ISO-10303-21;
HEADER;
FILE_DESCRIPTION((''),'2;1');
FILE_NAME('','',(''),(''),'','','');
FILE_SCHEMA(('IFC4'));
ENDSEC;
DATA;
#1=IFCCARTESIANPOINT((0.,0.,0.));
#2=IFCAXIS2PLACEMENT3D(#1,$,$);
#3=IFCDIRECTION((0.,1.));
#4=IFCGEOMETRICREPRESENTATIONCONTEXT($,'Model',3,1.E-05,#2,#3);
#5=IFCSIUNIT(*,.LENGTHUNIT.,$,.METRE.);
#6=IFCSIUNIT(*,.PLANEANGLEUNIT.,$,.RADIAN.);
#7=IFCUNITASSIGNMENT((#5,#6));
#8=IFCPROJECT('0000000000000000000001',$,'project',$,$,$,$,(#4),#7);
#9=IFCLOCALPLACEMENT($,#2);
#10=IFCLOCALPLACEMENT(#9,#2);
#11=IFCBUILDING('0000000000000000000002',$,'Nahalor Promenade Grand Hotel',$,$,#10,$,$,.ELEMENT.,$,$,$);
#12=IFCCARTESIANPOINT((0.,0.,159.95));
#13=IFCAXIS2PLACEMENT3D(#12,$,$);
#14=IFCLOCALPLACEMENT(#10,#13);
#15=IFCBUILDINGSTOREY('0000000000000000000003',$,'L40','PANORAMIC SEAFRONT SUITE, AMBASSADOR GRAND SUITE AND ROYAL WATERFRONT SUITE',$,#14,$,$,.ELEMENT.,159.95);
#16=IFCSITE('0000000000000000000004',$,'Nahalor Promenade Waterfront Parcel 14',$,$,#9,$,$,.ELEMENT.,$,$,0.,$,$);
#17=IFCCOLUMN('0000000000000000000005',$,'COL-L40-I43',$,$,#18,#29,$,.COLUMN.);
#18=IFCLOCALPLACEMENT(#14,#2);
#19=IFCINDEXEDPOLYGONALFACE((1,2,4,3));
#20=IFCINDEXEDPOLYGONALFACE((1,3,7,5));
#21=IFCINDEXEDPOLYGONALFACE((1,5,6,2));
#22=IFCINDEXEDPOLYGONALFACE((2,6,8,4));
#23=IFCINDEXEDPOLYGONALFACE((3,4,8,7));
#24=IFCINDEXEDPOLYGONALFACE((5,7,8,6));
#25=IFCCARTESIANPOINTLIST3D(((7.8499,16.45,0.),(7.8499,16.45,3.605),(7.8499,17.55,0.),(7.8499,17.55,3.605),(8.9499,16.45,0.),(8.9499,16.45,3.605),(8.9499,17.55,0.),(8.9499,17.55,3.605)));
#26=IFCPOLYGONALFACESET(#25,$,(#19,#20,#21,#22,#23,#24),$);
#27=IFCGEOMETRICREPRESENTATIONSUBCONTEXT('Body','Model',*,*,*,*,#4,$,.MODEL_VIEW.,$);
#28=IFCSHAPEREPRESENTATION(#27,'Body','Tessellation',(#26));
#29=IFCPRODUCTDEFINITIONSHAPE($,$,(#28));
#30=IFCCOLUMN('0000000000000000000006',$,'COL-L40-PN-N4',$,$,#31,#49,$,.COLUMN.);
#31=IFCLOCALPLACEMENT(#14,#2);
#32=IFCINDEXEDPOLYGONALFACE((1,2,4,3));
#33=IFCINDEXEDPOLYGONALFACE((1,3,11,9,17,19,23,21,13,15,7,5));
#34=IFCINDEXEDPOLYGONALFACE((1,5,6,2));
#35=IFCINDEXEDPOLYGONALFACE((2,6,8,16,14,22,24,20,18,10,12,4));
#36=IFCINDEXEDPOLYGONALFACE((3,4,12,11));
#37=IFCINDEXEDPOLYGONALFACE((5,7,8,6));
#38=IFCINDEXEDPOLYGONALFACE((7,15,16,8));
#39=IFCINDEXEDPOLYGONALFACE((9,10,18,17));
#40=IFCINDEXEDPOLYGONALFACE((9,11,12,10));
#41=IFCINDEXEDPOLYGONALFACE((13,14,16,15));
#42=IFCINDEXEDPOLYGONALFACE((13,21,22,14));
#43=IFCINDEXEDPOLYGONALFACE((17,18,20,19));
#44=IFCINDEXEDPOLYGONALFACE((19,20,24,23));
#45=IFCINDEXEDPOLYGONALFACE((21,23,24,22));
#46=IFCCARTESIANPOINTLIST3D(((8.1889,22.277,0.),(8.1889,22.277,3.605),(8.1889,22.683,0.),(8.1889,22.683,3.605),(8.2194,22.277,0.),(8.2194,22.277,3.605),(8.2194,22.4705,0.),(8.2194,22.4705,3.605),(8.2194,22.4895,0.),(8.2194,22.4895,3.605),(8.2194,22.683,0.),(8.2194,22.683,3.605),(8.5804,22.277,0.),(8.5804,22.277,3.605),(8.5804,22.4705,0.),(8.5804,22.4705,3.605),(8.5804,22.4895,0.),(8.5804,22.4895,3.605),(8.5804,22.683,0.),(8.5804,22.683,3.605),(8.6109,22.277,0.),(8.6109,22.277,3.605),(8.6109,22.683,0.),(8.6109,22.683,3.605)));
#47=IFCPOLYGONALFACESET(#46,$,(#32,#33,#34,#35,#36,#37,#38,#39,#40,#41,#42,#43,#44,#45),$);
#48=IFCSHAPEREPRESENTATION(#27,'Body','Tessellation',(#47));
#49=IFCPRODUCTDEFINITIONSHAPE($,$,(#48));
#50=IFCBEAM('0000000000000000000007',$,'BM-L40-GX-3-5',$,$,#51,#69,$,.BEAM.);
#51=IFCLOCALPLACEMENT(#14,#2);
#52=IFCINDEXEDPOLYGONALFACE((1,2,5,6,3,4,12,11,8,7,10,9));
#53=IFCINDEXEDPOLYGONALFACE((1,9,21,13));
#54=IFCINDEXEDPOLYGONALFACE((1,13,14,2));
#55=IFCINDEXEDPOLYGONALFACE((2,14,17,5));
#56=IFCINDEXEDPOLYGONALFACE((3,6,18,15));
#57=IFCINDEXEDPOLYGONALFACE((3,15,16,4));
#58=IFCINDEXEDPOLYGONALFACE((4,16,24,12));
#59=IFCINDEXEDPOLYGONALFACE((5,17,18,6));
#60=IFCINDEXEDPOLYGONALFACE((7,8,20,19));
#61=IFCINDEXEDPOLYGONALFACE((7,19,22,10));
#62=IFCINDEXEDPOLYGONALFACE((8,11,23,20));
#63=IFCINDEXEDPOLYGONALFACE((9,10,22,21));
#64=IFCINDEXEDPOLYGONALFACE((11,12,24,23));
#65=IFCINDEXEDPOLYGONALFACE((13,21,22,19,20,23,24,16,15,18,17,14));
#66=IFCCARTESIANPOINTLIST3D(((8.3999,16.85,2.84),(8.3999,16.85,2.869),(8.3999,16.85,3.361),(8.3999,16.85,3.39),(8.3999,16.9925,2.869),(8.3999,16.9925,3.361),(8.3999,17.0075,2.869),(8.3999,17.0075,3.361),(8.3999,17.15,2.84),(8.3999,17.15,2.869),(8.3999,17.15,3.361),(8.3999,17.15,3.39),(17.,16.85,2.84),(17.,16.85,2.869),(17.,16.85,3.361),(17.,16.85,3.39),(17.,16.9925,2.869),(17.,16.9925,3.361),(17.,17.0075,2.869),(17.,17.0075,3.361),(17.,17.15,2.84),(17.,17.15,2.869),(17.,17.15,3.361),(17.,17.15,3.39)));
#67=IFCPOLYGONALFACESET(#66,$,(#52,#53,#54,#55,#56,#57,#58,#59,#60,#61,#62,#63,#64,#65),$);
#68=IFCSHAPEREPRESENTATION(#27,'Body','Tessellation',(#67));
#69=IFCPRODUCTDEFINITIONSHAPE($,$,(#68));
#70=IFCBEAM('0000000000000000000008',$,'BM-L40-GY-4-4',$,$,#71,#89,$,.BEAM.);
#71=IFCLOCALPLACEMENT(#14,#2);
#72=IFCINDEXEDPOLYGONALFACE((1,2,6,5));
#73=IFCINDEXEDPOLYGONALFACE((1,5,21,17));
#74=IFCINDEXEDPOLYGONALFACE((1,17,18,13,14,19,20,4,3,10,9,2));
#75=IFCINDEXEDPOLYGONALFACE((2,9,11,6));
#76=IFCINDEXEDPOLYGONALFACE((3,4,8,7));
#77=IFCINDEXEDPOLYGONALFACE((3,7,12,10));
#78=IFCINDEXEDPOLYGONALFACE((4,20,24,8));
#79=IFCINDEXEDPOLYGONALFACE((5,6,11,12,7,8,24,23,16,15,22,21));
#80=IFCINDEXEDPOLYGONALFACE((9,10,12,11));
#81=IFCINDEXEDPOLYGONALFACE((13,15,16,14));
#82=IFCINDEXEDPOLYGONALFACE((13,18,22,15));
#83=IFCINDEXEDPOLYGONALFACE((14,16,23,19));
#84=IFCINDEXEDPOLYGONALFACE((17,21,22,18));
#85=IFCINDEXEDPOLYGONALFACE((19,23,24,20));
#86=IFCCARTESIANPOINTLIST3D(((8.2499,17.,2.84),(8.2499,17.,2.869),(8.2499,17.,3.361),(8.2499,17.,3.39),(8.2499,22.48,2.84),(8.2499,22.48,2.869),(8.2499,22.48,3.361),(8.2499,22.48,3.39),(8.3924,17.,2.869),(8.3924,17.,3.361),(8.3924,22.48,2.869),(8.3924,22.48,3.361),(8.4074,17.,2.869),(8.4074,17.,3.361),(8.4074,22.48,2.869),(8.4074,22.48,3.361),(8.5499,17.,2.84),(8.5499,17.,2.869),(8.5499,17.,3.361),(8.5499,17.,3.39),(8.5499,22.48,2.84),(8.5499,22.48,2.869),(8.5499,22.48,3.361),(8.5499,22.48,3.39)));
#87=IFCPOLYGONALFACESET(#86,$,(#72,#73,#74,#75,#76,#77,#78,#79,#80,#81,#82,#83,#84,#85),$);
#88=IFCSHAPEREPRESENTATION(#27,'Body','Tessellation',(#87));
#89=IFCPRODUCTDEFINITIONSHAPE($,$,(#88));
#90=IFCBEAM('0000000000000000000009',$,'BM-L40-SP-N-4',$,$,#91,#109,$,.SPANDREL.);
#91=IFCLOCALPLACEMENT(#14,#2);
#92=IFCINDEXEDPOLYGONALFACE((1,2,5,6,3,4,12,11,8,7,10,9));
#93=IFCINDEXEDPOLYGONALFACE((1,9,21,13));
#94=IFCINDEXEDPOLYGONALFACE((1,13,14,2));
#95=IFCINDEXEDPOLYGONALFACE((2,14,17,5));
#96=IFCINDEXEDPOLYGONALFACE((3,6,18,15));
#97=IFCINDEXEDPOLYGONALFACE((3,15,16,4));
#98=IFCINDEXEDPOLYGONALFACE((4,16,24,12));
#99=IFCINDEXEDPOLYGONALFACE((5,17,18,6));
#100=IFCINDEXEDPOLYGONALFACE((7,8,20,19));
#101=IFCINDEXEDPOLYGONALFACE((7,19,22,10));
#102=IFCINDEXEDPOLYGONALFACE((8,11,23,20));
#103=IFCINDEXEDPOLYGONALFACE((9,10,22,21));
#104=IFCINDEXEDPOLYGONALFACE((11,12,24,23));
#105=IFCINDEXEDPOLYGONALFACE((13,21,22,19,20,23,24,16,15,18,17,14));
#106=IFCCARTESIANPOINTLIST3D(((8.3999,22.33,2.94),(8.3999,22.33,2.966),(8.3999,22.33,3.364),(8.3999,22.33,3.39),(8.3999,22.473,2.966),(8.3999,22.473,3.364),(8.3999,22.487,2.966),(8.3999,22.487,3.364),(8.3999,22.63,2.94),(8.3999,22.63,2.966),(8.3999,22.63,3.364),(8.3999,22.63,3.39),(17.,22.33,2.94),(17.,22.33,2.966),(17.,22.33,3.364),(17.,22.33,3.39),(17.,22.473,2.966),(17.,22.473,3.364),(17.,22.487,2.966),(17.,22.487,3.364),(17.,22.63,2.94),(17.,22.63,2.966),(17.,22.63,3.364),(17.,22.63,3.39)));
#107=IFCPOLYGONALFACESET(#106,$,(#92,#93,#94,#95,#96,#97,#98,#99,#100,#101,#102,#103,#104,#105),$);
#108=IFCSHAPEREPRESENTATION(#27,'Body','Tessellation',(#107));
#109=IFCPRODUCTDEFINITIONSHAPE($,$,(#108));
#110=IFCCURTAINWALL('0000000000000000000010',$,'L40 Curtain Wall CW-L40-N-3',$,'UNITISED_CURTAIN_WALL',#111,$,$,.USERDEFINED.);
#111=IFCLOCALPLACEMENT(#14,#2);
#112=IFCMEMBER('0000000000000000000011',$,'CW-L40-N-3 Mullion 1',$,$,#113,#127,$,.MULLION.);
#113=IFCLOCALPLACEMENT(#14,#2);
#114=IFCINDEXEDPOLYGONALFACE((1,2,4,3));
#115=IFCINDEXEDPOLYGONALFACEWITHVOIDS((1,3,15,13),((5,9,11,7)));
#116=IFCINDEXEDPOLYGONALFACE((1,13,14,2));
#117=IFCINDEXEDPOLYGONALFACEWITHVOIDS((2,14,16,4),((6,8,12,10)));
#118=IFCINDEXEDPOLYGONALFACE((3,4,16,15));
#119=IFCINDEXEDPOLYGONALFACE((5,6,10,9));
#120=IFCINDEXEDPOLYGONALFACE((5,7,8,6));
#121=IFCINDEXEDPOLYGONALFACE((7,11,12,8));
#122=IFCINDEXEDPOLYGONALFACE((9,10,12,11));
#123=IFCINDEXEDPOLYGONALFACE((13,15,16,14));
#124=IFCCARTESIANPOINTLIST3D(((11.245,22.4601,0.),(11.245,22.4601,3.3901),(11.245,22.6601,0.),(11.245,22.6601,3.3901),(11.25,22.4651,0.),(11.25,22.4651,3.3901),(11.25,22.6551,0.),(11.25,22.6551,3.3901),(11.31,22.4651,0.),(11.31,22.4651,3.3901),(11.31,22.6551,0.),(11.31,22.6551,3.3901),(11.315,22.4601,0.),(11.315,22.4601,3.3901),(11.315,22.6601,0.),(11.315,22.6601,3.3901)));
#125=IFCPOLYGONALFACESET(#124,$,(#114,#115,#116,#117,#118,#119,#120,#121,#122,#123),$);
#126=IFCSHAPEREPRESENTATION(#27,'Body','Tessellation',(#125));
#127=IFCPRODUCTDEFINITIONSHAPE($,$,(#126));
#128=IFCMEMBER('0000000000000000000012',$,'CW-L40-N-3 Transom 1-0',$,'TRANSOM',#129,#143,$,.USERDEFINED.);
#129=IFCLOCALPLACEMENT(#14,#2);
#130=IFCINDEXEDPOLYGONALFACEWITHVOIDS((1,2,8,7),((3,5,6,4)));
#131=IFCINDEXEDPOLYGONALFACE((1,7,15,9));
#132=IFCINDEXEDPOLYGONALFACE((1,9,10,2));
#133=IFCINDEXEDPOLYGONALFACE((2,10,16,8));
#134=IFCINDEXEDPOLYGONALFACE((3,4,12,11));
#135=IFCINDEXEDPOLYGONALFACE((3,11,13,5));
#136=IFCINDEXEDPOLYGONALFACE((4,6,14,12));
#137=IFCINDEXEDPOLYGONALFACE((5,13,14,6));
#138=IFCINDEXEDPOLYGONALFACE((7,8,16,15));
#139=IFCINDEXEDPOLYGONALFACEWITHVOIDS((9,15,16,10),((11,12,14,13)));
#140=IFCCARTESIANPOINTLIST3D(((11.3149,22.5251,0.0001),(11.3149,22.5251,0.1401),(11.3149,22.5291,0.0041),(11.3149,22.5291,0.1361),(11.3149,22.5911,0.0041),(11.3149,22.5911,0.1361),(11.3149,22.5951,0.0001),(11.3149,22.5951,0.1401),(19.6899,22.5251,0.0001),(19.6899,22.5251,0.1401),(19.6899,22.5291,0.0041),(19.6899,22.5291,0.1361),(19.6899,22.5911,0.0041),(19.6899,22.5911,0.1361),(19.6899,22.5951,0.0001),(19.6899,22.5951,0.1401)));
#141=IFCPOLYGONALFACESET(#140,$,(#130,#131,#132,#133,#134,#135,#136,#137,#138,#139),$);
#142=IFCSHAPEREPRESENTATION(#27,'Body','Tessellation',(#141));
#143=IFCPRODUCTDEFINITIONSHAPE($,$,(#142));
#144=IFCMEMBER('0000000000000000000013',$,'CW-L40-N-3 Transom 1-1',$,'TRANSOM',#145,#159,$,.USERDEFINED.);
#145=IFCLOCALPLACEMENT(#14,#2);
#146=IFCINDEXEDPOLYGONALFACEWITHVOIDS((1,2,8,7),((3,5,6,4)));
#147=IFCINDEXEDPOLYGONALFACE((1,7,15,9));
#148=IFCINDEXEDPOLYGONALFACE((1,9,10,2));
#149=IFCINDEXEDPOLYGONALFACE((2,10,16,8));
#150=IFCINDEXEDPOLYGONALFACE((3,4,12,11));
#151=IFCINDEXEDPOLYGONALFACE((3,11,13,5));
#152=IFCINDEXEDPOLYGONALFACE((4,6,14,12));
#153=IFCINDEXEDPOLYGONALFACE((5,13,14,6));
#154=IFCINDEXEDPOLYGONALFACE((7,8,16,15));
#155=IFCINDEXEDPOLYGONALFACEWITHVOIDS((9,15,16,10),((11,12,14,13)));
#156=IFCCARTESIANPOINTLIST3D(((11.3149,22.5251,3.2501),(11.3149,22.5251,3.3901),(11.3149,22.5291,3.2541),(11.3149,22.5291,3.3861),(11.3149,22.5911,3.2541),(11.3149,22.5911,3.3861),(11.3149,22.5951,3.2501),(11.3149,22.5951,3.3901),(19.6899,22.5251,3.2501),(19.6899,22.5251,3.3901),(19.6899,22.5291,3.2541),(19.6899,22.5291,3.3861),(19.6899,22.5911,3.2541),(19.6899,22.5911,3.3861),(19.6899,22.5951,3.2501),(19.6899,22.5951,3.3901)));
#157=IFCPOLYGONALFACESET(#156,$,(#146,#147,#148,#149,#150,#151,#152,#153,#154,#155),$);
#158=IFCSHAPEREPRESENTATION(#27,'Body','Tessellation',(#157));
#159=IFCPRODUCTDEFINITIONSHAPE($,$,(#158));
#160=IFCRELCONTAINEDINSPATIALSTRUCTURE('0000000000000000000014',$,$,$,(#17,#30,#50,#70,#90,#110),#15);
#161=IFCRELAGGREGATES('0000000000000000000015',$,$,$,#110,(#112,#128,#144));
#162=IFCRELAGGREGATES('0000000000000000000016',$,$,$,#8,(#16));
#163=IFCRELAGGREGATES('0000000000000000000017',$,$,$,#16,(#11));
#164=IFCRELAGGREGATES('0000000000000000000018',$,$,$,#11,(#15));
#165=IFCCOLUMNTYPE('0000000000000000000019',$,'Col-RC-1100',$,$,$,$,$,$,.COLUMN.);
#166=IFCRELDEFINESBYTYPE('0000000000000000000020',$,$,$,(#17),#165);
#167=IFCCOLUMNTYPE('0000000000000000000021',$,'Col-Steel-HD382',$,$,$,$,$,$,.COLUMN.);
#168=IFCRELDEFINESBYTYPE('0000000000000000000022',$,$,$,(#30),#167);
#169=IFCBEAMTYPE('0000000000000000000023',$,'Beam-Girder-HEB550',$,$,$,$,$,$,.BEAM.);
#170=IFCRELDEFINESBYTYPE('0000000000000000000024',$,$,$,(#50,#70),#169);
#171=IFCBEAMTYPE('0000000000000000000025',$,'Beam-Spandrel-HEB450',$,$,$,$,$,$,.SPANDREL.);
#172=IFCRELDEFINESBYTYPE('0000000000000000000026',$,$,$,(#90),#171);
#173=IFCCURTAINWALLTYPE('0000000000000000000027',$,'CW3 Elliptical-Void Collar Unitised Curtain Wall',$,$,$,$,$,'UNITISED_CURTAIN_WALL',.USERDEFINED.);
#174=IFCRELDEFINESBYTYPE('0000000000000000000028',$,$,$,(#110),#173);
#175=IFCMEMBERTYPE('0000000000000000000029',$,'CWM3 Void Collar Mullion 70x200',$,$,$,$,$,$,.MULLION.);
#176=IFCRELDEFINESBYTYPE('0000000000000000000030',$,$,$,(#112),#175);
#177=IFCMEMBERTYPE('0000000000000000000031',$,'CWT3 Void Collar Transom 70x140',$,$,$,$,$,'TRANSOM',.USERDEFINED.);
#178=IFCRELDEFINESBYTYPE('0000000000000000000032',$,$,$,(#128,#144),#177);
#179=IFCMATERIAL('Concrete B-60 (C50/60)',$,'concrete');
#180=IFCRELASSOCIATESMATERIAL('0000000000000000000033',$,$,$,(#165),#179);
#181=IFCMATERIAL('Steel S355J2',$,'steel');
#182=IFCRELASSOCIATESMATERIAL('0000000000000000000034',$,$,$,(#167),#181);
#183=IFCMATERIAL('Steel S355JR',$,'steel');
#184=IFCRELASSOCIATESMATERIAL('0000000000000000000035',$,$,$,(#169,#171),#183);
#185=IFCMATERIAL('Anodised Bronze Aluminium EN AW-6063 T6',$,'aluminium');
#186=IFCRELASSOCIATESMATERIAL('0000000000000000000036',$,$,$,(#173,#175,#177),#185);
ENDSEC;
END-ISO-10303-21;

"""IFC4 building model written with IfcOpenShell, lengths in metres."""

from ifc_helpers import new_model, si_unit, direction, frame, origin, origin_2d, place, context, subcontext, project, spatial, rectangle, hollow_rectangle, i_section, extrude, source, transform, mapped, material, material_profile, profile_set, type_object, element, aggregate, save


model = new_model("IFC4")

# Units and contexts
model_context = context("Model", 3, precision=1e-05, world=origin(), true_north=direction((0.0, 1.0)))
body_context = subcontext(model_context, "Body", "Model", "MODEL_VIEW")
ifc_project = project(units=[si_unit("LENGTHUNIT", "METRE"), si_unit("PLANEANGLEUNIT", "RADIAN")], contexts=[model_context])

# Site, building, storey
site_placement = place(None, origin())
site = spatial("IfcSite", under=ifc_project, at=site_placement, Name="Nahalor Promenade Waterfront Parcel 14", CompositionType="ELEMENT", RefElevation=0.0)
building_placement = place(site_placement, origin())
building = spatial("IfcBuilding", under=site, at=building_placement, Name="Nahalor Promenade Grand Hotel", CompositionType="ELEMENT")
storey_placement = place(building_placement, frame((0.0, 0.0, 159.95)))
storey = spatial("IfcBuildingStorey", under=building, at=storey_placement, Name="L40", Description="PANORAMIC SEAFRONT SUITE, AMBASSADOR GRAND SUITE AND ROYAL WATERFRONT SUITE", CompositionType="ELEMENT", Elevation=159.95)

# Columns
ifc_material_1 = material(Name="Concrete B-60 (C50/60)", Category="concrete")
ifc_material_profile_1 = material_profile(ifc_material_1, rectangle(XDim=1.1, YDim=1.1, at=origin_2d()), Name="RC 1100x1100")
ifc_profile_set_1 = profile_set([ifc_material_profile_1], Name="Concrete B-60 (C50/60)")
column_type_1 = type_object("IfcColumnType", Name="Col-RC-1100", PredefinedType="COLUMN", material=ifc_profile_set_1)
shared_shape_1 = source(origin(), body_context, "Body", "SweptSolid", [
    extrude(rectangle(XDim=1.1, YDim=1.1, at=origin_2d()), origin(), (0.0, 0.0, 1.0), 3.605),
])
column_1_placement = place(storey_placement, frame((8.3999, 17.0, 0.0), z_axis=(0.0, 0.0, 1.0), x_axis=(1.0, 0.0, 0.0)))
element("IfcColumn", 1, at=column_1_placement, inside=storey, type_object=column_type_1, Name="COL-L40-I43", PredefinedType="COLUMN", context=body_context, shape_type="MappedRepresentation", body=[
    mapped(shared_shape_1, transform((0.0, 0.0, 0.0), scale=1.0)),
])
ifc_material_2 = material(Name="Steel S355J2", Category="steel")
ifc_material_profile_2 = material_profile(ifc_material_2, i_section(OverallWidth=0.406, OverallDepth=0.422, WebThickness=0.019, FlangeThickness=0.0305, at=origin_2d()), Name="HD 400x382")
ifc_profile_set_2 = profile_set([ifc_material_profile_2], Name="Steel S355J2")
column_type_2 = type_object("IfcColumnType", Name="Col-Steel-HD382", PredefinedType="COLUMN", material=ifc_profile_set_2)
shared_shape_2 = source(origin(), body_context, "Body", "SweptSolid", [
    extrude(i_section(OverallWidth=0.406, OverallDepth=0.422, WebThickness=0.019, FlangeThickness=0.0305, at=origin_2d()), origin(), (0.0, 0.0, 1.0), 3.605),
])
column_2_placement = place(storey_placement, frame((8.3999, 22.48, 0.0), z_axis=(0.0, 0.0, 1.0), x_axis=(0.0, 1.0, 0.0)))
element("IfcColumn", 2, at=column_2_placement, inside=storey, type_object=column_type_2, Name="COL-L40-PN-N4", PredefinedType="COLUMN", context=body_context, shape_type="MappedRepresentation", body=[
    mapped(shared_shape_2, transform((0.0, 0.0, 0.0), scale=1.0)),
])

# Beams
ifc_material_3 = material(Name="Steel S355JR", Category="steel")
ifc_material_profile_3 = material_profile(ifc_material_3, i_section(OverallWidth=0.3, OverallDepth=0.55, WebThickness=0.015, FlangeThickness=0.029, at=origin_2d()), Name="HEB 550")
ifc_profile_set_3 = profile_set([ifc_material_profile_3], Name="Steel S355JR")
beam_type_1 = type_object("IfcBeamType", Name="Beam-Girder-HEB550", PredefinedType="BEAM", material=ifc_profile_set_3)
shared_shape_3 = source(origin(), body_context, "Body", "SweptSolid", [
    extrude(i_section(OverallWidth=0.3, OverallDepth=0.55, WebThickness=0.015, FlangeThickness=0.029, at=origin_2d()), origin(), (0.0, 0.0, 1.0), 8.6001),
])
beam_1_placement = place(storey_placement, frame((8.3999, 17.0, 3.115), z_axis=(1.0, 0.0, 0.0), x_axis=(0.0, 1.0, 0.0)))
element("IfcBeam", 3, at=beam_1_placement, inside=storey, type_object=beam_type_1, Name="BM-L40-GX-3-5", PredefinedType="BEAM", context=body_context, shape_type="MappedRepresentation", body=[
    mapped(shared_shape_3, transform((0.0, 0.0, 0.0), scale=1.0)),
])
shared_shape_4 = source(origin(), body_context, "Body", "SweptSolid", [
    extrude(i_section(OverallWidth=0.3, OverallDepth=0.55, WebThickness=0.015, FlangeThickness=0.029, at=origin_2d()), origin(), (0.0, 0.0, 1.0), 5.48),
])
beam_2_placement = place(storey_placement, frame((8.3999, 17.0, 3.115), z_axis=(0.0, 1.0, 0.0), x_axis=(-1.0, 0.0, 0.0)))
element("IfcBeam", 4, at=beam_2_placement, inside=storey, type_object=beam_type_1, Name="BM-L40-GY-4-4", PredefinedType="BEAM", context=body_context, shape_type="MappedRepresentation", body=[
    mapped(shared_shape_4, transform((0.0, 0.0, 0.0), scale=1.0)),
])
ifc_material_profile_4 = material_profile(ifc_material_3, i_section(OverallWidth=0.3, OverallDepth=0.45, WebThickness=0.014, FlangeThickness=0.026, at=origin_2d()), Name="HEB 450")
ifc_profile_set_4 = profile_set([ifc_material_profile_4], Name="Steel S355JR")
beam_type_2 = type_object("IfcBeamType", Name="Beam-Spandrel-HEB450", PredefinedType="SPANDREL", material=ifc_profile_set_4)
shared_shape_5 = source(origin(), body_context, "Body", "SweptSolid", [
    extrude(i_section(OverallWidth=0.3, OverallDepth=0.45, WebThickness=0.014, FlangeThickness=0.026, at=origin_2d()), origin(), (0.0, 0.0, 1.0), 8.6001),
])
beam_3_placement = place(storey_placement, frame((8.3999, 22.48, 3.165), z_axis=(1.0, 0.0, 0.0), x_axis=(0.0, 1.0, 0.0)))
element("IfcBeam", 5, at=beam_3_placement, inside=storey, type_object=beam_type_2, Name="BM-L40-SP-N-4", PredefinedType="SPANDREL", context=body_context, shape_type="MappedRepresentation", body=[
    mapped(shared_shape_5, transform((0.0, 0.0, 0.0), scale=1.0)),
])

# Curtain wall, members
ifc_material_4 = material(Name="Anodised Bronze Aluminium EN AW-6063 T6", Category="aluminium")
curtain_wall_type = type_object("IfcCurtainWallType", Name="CW3 Elliptical-Void Collar Unitised Curtain Wall", ElementType="UNITISED_CURTAIN_WALL", PredefinedType="USERDEFINED", material=ifc_material_4)
curtain_wall_placement = place(storey_placement, origin())
curtain_wall = element("IfcCurtainWall", 6, at=curtain_wall_placement, inside=storey, type_object=curtain_wall_type, Name="L40 Curtain Wall CW-L40-N-3", ObjectType="UNITISED_CURTAIN_WALL", PredefinedType="USERDEFINED")
ifc_material_profile_5 = material_profile(ifc_material_4, hollow_rectangle(XDim=0.07, YDim=0.2, WallThickness=0.005, at=origin_2d()), Name="CWM 70x200x5")
ifc_profile_set_5 = profile_set([ifc_material_profile_5], Name="Anodised Bronze Aluminium EN AW-6063 T6")
member_type_1 = type_object("IfcMemberType", Name="CWM3 Void Collar Mullion 70x200", PredefinedType="MULLION", material=ifc_profile_set_5)
shared_shape_6 = source(origin(), body_context, "Body", "SweptSolid", [
    extrude(hollow_rectangle(XDim=0.07, YDim=0.2, WallThickness=0.005, at=origin_2d()), origin(), (0.0, 0.0, 1.0), 3.3901),
])
member_1_placement = place(storey_placement, frame((11.28, 22.5601, 0.0), z_axis=(0.0, 0.0, 1.0), x_axis=(1.0, 0.0, 0.0)))
member_1 = element("IfcMember", 7, at=member_1_placement, type_object=member_type_1, Name="CW-L40-N-3 Mullion 1", PredefinedType="MULLION", context=body_context, shape_type="MappedRepresentation", body=[
    mapped(shared_shape_6, transform((0.0, 0.0, 0.0), scale=1.0)),
])
ifc_material_profile_6 = material_profile(ifc_material_4, hollow_rectangle(XDim=0.07, YDim=0.14, WallThickness=0.004, at=origin_2d()), Name="CWT 70x140x4")
ifc_profile_set_6 = profile_set([ifc_material_profile_6], Name="Anodised Bronze Aluminium EN AW-6063 T6")
member_type_2 = type_object("IfcMemberType", Name="CWT3 Void Collar Transom 70x140", ElementType="TRANSOM", PredefinedType="USERDEFINED", material=ifc_profile_set_6)
shared_shape_7 = source(origin(), body_context, "Body", "SweptSolid", [
    extrude(hollow_rectangle(XDim=0.07, YDim=0.14, WallThickness=0.004, at=origin_2d()), origin(), (0.0, 0.0, 1.0), 8.375),
])
member_2_placement = place(storey_placement, frame((11.3149, 22.5601, 0.0701), z_axis=(1.0, 0.0, 0.0), x_axis=(0.0, 1.0, 0.0)))
member_2 = element("IfcMember", 8, at=member_2_placement, type_object=member_type_2, Name="CW-L40-N-3 Transom 1-0", ObjectType="TRANSOM", PredefinedType="USERDEFINED", context=body_context, shape_type="MappedRepresentation", body=[
    mapped(shared_shape_7, transform((0.0, 0.0, 0.0), scale=1.0)),
])
member_3_placement = place(storey_placement, frame((11.3149, 22.5601, 3.3201), z_axis=(1.0, 0.0, 0.0), x_axis=(0.0, 1.0, 0.0)))
member_3 = element("IfcMember", 9, at=member_3_placement, type_object=member_type_2, Name="CW-L40-N-3 Transom 1-1", ObjectType="TRANSOM", PredefinedType="USERDEFINED", context=body_context, shape_type="MappedRepresentation", body=[
    mapped(shared_shape_7, transform((0.0, 0.0, 0.0), scale=1.0)),
])
aggregate(curtain_wall, [member_1, member_2, member_3])

save(model, "model.ifc")
